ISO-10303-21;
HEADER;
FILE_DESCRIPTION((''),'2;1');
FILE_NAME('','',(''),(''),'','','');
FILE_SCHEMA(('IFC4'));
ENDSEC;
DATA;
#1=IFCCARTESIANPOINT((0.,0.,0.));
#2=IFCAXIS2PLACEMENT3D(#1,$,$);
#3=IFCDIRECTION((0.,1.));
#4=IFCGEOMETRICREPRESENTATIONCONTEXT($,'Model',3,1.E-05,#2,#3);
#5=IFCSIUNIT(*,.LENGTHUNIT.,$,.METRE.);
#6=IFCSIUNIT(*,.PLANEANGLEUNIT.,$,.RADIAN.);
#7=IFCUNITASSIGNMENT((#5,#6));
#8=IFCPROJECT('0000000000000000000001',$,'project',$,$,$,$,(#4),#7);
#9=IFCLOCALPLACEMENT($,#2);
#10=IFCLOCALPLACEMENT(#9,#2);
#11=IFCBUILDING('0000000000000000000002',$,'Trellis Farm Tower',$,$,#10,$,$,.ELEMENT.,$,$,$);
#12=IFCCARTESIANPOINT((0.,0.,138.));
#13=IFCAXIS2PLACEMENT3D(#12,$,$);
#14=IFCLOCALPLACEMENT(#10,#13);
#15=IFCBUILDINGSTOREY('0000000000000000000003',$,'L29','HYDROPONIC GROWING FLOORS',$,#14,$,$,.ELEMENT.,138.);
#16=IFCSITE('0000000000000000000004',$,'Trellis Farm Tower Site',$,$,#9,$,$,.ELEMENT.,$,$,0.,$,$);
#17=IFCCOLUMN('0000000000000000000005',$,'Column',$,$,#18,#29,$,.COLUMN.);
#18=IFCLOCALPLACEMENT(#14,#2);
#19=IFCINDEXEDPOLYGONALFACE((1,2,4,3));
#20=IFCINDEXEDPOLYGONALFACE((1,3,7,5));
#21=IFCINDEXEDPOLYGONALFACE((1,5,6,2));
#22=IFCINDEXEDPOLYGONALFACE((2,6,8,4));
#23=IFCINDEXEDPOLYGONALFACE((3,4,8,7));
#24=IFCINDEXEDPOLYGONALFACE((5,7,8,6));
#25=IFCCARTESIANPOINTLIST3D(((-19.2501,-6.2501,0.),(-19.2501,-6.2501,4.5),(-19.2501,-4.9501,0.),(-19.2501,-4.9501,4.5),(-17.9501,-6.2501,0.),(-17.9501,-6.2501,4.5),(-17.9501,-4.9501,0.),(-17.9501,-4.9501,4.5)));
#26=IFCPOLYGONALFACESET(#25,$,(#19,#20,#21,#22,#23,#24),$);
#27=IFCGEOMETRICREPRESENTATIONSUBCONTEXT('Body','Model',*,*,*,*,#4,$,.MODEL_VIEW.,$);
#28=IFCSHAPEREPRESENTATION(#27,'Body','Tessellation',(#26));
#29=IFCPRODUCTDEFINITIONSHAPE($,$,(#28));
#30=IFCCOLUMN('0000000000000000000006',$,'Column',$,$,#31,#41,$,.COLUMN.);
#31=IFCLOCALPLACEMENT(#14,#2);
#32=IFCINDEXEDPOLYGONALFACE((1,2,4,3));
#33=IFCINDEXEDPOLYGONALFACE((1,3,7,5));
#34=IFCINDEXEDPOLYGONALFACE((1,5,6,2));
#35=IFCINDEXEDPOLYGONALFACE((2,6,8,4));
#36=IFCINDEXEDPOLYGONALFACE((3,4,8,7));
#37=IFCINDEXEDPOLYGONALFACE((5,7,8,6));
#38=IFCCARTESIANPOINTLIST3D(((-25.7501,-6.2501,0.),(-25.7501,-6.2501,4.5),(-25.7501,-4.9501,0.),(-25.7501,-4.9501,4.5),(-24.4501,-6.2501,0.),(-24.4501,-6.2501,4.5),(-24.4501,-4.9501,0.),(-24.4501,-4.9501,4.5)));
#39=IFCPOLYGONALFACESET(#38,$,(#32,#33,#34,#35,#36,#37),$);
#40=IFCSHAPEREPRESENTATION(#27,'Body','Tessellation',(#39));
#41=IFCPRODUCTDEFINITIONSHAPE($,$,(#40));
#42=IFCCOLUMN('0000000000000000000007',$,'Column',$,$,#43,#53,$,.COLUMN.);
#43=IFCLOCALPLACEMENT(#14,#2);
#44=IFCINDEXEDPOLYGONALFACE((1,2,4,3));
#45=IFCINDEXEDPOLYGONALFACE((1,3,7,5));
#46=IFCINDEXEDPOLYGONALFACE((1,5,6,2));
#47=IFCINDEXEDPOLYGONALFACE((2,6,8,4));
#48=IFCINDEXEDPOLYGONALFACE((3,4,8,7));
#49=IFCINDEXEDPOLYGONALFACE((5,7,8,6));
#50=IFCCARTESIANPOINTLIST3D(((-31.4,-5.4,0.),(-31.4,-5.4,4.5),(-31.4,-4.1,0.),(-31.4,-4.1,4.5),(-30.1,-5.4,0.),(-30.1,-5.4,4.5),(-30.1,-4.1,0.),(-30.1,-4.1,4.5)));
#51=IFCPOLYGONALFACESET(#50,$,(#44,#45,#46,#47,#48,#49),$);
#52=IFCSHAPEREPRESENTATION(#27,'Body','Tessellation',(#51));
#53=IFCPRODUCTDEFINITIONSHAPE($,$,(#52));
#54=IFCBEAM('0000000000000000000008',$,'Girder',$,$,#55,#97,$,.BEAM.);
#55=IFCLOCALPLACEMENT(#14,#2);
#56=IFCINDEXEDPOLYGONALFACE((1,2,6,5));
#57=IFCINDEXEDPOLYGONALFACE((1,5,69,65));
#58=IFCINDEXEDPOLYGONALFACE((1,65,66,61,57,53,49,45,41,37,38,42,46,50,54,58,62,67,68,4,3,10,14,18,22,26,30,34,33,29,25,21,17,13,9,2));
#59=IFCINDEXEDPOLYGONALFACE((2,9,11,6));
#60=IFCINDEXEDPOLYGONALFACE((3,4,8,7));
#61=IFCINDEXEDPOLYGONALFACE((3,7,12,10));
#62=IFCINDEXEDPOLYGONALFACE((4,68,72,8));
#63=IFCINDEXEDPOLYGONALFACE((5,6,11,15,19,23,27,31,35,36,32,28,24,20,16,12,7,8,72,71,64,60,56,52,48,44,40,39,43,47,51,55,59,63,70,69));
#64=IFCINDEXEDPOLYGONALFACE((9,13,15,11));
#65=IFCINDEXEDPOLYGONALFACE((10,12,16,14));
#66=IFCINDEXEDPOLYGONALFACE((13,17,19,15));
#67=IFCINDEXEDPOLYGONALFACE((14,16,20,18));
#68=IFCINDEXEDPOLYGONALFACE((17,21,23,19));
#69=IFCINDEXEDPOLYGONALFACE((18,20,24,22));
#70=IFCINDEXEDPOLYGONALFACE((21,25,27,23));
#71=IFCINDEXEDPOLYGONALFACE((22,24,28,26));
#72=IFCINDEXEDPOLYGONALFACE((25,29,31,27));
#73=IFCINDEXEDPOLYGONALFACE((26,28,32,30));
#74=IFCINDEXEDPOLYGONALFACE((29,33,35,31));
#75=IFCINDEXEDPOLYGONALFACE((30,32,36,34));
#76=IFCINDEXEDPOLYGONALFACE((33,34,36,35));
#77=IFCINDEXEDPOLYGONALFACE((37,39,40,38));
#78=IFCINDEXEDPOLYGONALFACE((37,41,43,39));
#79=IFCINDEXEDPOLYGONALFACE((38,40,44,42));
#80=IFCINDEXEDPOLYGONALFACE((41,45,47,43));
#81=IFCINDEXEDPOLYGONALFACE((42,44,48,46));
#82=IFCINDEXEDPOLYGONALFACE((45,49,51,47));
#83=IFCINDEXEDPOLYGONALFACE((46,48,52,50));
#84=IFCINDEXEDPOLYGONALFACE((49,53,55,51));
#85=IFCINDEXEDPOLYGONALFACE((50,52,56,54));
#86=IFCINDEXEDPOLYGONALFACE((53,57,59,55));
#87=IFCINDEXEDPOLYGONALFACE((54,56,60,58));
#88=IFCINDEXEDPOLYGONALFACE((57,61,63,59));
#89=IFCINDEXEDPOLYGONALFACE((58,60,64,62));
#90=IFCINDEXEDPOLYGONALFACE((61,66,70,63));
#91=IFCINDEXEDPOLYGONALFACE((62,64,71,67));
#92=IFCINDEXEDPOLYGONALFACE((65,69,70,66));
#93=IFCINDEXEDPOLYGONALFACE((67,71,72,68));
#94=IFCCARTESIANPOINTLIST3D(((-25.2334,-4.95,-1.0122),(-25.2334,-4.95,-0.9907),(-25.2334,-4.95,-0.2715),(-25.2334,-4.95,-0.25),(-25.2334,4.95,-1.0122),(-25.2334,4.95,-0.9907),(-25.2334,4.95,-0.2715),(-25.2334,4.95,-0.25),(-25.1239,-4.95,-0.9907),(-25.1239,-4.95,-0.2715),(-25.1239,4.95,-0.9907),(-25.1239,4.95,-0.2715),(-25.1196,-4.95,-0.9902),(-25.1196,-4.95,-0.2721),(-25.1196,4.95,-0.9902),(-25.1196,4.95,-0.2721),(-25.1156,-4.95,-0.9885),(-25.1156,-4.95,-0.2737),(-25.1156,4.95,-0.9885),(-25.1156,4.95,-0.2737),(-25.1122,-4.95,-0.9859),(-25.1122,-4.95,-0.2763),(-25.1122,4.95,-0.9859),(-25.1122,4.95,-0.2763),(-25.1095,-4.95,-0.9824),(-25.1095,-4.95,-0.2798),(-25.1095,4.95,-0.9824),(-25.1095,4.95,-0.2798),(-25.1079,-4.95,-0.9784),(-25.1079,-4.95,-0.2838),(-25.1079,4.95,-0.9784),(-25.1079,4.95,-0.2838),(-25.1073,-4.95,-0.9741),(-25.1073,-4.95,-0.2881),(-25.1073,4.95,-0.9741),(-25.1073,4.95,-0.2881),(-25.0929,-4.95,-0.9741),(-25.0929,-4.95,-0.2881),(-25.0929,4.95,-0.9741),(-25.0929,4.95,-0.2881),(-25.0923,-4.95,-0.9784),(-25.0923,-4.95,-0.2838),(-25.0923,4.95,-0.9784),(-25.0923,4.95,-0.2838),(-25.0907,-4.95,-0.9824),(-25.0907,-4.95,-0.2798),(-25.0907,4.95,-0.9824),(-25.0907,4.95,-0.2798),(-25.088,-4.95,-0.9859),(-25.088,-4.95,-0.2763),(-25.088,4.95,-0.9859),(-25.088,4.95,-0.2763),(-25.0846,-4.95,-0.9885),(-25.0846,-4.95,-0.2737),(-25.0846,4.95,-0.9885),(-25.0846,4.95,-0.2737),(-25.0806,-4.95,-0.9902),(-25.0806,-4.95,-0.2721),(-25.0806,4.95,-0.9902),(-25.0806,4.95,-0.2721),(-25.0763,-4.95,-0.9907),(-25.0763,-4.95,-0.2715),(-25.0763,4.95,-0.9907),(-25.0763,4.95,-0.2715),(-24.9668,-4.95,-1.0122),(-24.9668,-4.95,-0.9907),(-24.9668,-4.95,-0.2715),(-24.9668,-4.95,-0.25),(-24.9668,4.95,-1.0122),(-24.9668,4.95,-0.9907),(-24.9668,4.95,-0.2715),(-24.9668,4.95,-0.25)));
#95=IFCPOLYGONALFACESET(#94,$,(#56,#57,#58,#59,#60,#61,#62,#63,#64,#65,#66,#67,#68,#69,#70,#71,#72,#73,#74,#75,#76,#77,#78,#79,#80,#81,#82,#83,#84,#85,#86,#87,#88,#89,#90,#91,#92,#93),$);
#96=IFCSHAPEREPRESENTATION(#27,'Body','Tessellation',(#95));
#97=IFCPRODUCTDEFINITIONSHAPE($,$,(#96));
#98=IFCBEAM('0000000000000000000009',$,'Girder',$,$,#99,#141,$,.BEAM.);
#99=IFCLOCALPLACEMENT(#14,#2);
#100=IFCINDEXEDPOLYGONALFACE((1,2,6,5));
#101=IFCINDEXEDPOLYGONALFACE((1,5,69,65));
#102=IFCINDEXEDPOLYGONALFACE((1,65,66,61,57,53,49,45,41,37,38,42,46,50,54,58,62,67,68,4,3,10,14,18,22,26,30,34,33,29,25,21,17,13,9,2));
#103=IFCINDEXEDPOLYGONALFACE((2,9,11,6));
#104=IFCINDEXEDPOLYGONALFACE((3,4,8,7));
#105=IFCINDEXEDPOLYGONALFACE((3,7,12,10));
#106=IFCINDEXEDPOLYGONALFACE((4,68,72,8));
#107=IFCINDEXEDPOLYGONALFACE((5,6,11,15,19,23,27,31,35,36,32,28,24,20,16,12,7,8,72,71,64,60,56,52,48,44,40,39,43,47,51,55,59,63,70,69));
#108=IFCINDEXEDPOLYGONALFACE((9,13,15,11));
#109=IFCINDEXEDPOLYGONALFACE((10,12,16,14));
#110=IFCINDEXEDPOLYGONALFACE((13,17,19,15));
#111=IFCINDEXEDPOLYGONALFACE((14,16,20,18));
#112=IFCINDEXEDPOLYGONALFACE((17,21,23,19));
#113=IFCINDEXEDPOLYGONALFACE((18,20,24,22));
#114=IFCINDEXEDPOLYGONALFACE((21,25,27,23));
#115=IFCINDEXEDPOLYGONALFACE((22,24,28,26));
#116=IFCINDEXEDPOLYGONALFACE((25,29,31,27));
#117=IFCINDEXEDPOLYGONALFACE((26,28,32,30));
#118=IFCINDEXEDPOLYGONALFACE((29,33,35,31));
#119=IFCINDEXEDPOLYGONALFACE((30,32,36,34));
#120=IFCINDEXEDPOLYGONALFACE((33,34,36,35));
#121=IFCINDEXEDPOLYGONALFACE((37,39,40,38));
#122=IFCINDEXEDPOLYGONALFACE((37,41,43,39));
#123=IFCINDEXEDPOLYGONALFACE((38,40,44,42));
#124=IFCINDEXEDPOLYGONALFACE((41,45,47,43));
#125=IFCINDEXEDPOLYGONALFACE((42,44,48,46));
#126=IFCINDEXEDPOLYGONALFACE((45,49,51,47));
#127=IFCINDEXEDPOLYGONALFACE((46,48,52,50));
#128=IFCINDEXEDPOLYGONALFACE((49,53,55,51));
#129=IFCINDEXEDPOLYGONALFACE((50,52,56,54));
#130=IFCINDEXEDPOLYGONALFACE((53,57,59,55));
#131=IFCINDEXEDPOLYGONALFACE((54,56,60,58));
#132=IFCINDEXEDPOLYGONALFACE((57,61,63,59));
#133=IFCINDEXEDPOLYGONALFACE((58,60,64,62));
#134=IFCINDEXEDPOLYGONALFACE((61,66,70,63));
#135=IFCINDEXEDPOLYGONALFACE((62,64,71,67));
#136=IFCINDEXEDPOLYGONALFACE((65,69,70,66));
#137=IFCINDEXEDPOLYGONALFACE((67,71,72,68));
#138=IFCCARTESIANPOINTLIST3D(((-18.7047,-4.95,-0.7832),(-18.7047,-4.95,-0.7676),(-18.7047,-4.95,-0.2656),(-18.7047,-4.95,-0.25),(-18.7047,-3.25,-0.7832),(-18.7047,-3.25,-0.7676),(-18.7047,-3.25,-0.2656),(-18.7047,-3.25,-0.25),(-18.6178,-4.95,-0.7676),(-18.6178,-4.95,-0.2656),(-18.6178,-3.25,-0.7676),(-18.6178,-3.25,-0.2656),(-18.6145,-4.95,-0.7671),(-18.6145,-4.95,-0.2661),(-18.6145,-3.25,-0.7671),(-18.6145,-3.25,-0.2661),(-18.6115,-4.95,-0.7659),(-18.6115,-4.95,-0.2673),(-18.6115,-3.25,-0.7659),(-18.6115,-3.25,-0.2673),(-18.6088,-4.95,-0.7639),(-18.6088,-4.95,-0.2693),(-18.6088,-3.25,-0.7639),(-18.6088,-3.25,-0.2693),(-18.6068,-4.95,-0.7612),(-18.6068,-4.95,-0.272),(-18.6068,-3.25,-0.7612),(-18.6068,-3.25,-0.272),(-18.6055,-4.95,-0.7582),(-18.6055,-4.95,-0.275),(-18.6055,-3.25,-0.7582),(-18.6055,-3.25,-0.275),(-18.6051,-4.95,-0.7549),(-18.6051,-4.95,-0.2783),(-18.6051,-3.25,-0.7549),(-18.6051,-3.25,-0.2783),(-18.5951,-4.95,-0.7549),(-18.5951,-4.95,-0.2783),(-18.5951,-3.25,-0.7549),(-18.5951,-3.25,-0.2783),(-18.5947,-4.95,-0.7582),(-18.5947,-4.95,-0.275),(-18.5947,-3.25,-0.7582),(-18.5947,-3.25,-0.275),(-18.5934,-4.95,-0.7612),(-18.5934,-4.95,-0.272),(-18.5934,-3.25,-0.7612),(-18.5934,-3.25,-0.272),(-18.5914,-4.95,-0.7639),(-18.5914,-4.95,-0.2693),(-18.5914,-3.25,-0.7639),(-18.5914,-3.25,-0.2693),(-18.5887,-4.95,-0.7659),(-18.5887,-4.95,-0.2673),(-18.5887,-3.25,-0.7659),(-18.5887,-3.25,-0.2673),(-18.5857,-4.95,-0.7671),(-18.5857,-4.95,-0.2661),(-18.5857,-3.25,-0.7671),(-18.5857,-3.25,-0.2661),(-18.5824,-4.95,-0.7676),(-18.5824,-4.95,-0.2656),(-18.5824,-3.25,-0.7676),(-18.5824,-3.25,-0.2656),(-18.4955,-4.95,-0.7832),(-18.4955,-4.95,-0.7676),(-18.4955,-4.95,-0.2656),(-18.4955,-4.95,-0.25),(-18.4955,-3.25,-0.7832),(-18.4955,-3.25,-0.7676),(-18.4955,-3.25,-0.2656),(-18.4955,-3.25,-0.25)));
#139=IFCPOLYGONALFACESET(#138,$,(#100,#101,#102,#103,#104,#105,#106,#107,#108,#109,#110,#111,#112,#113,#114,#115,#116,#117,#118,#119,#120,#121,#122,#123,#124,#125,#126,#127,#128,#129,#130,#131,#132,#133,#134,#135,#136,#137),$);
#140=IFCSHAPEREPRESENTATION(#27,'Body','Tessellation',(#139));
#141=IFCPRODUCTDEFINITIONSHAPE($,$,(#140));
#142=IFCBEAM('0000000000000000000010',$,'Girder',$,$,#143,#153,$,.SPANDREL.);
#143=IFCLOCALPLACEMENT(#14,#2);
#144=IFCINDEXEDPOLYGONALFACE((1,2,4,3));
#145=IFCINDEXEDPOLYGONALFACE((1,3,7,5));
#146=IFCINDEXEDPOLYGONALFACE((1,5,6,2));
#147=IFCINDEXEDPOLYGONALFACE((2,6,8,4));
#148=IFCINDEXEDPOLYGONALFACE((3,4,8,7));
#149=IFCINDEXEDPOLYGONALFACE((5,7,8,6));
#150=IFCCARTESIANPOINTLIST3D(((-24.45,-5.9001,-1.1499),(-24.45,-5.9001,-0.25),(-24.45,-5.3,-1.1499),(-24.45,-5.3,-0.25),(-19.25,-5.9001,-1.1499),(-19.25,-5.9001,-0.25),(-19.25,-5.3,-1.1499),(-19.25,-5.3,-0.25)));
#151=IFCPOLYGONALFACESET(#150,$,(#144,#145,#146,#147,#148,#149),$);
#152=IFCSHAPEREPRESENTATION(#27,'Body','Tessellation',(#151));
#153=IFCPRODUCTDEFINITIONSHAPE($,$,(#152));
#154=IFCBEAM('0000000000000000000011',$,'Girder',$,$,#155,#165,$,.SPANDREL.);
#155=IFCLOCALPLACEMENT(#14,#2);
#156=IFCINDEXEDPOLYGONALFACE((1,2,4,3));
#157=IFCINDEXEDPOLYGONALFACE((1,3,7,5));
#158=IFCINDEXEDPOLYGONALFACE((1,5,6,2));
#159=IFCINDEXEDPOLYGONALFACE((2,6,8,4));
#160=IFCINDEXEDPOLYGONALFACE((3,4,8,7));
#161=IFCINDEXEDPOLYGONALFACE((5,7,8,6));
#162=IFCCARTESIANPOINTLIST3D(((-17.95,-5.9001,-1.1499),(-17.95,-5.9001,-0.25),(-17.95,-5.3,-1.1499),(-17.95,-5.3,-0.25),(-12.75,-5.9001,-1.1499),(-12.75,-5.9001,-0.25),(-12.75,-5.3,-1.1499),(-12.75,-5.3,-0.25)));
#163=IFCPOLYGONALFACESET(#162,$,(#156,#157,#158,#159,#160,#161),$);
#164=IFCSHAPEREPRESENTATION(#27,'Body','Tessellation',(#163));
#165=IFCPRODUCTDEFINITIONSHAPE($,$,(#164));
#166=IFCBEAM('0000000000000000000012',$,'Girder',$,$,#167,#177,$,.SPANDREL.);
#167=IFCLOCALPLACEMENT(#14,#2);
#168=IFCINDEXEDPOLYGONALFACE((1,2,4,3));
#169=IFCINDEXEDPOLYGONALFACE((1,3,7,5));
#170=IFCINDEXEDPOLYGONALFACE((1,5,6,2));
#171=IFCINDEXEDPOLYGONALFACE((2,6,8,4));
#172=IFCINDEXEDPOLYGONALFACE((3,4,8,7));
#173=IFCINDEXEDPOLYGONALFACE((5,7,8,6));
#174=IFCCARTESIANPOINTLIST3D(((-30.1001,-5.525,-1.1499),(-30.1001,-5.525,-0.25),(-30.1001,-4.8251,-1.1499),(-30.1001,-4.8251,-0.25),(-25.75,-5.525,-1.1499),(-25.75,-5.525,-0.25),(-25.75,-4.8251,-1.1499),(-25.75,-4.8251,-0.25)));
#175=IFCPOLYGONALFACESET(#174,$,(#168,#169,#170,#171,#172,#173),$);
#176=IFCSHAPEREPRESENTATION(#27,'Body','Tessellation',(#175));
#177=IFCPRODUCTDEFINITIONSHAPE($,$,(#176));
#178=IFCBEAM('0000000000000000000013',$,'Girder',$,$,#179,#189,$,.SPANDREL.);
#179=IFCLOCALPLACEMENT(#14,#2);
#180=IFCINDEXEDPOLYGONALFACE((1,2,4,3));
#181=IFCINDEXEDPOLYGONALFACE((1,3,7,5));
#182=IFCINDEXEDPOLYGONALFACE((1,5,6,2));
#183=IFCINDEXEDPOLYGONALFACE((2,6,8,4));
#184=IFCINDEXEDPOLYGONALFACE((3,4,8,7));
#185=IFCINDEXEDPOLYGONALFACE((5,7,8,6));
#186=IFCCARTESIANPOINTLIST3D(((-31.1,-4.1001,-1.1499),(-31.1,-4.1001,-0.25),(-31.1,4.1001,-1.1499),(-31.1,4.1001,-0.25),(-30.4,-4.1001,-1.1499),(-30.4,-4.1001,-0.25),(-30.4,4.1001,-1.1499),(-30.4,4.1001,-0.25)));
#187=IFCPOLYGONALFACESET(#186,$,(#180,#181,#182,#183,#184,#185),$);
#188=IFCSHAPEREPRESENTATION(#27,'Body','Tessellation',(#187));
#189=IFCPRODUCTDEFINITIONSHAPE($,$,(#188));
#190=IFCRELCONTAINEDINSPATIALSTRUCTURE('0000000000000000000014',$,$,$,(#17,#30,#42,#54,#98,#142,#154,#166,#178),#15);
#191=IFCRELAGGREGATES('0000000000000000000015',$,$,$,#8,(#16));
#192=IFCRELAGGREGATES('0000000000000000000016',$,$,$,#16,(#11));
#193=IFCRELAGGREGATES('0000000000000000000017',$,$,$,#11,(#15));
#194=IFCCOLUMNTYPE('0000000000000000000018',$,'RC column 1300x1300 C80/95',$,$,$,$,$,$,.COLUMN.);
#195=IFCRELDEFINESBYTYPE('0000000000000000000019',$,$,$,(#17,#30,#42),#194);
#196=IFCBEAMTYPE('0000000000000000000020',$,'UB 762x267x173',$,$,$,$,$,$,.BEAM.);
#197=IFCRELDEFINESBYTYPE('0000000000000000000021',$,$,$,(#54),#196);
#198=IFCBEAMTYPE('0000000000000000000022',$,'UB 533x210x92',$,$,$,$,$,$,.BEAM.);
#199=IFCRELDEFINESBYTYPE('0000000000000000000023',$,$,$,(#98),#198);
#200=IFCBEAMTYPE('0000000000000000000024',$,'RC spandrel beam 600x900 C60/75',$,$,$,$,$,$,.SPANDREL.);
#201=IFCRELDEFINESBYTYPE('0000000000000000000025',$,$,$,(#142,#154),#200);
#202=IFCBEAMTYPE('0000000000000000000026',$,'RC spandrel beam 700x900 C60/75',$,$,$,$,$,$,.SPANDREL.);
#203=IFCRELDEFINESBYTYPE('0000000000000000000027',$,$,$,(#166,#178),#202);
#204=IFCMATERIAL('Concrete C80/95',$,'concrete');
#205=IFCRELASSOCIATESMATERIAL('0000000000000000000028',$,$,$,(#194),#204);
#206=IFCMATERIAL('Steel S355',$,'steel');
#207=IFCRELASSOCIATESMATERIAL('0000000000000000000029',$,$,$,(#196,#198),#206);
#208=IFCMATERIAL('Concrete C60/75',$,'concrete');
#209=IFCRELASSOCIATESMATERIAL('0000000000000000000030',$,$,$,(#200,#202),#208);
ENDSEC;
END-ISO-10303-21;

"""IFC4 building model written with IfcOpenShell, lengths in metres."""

from ifc_helpers import new_model, si_unit, direction, frame, origin, origin_2d, place, context, subcontext, project, spatial, rectangle, i_section, extrude, source, transform, mapped, material, material_profile, profile_set, type_object, element, save


model = new_model("IFC4")

# Units and contexts
model_context = context("Model", 3, precision=1e-05, world=origin(), true_north=direction((0.0, 1.0)))
body_context = subcontext(model_context, "Body", "Model", "MODEL_VIEW")
ifc_project = project(units=[si_unit("LENGTHUNIT", "METRE"), si_unit("PLANEANGLEUNIT", "RADIAN")], contexts=[model_context])

# Site, building, storey
site_placement = place(None, origin())
site = spatial("IfcSite", under=ifc_project, at=site_placement, Name="Trellis Farm Tower Site", CompositionType="ELEMENT", RefElevation=0.0)
building_placement = place(site_placement, origin())
building = spatial("IfcBuilding", under=site, at=building_placement, Name="Trellis Farm Tower", CompositionType="ELEMENT")
storey_placement = place(building_placement, frame((0.0, 0.0, 138.0)))
storey = spatial("IfcBuildingStorey", under=building, at=storey_placement, Name="L29", Description="HYDROPONIC GROWING FLOORS", CompositionType="ELEMENT", Elevation=138.0)

# Columns
ifc_material_1 = material(Name="Concrete C80/95", Category="concrete")
ifc_material_profile_1 = material_profile(ifc_material_1, rectangle(XDim=1.3, YDim=1.3, at=origin_2d()), Name="RC column 1300x1300 C80/95")
ifc_profile_set_1 = profile_set([ifc_material_profile_1], Name="Concrete C80/95")
column_type = type_object("IfcColumnType", Name="RC column 1300x1300 C80/95", PredefinedType="COLUMN", material=ifc_profile_set_1)
shared_shape_1 = source(origin(), body_context, "Body", "SweptSolid", [
    extrude(rectangle(XDim=1.3, YDim=1.3, at=origin_2d()), origin(), (0.0, 0.0, 1.0), 4.5),
])
for number, where, z_axis, x_axis, name in (
    (1, (-18.6001, -5.6001, 0.0), (0.0, 0.0, 1.0), (1.0, 0.0, 0.0), "Column"),
    (2, (-25.1001, -5.6001, 0.0), (0.0, 0.0, 1.0), (1.0, 0.0, 0.0), "Column"),
    (3, (-30.75, -4.75, 0.0), (0.0, 0.0, 1.0), (1.0, 0.0, 0.0), "Column"),
):
    element("IfcColumn", number, at=place(storey_placement, frame(where, z_axis=z_axis, x_axis=x_axis)), inside=storey, type_object=column_type, Name=name, PredefinedType="COLUMN", context=body_context, shape_type="MappedRepresentation", body=[
        mapped(shared_shape_1, transform((0.0, 0.0, 0.0))),
    ])

# Beams
ifc_material_2 = material(Name="Steel S355", Category="steel")
ifc_material_profile_2 = material_profile(ifc_material_2, i_section(OverallWidth=0.2666, OverallDepth=0.7622, WebThickness=0.0144, FlangeThickness=0.0215, FilletRadius=0.0166, at=origin_2d()), Name="UB 762x267x173")
ifc_profile_set_2 = profile_set([ifc_material_profile_2], Name="Steel S355")
beam_type_1 = type_object("IfcBeamType", Name="UB 762x267x173", PredefinedType="BEAM", material=ifc_profile_set_2)
shared_shape_2 = source(origin(), body_context, "Body", "SweptSolid", [
    extrude(i_section(OverallWidth=0.2666, OverallDepth=0.7622, WebThickness=0.0144, FlangeThickness=0.0215, FilletRadius=0.0166, at=origin_2d()), origin(), (0.0, 0.0, 1.0), 9.8999),
])
beam_1_placement = place(storey_placement, frame((-25.1001, -4.95, -0.6311), z_axis=(0.0, 1.0, 0.0), x_axis=(-1.0, 0.0, 0.0)))
element("IfcBeam", 4, at=beam_1_placement, inside=storey, type_object=beam_type_1, Name="Girder", PredefinedType="BEAM", context=body_context, shape_type="MappedRepresentation", body=[
    mapped(shared_shape_2, transform((0.0, 0.0, 0.0))),
])
ifc_material_profile_3 = material_profile(ifc_material_2, i_section(OverallWidth=0.2092, OverallDepth=0.5332, WebThickness=0.01, FlangeThickness=0.0156, FilletRadius=0.0127, at=origin_2d()), Name="UB 533x210x92")
ifc_profile_set_3 = profile_set([ifc_material_profile_3], Name="Steel S355")
beam_type_2 = type_object("IfcBeamType", Name="UB 533x210x92", PredefinedType="BEAM", material=ifc_profile_set_3)
shared_shape_3 = source(origin(), body_context, "Body", "SweptSolid", [
    extrude(i_section(OverallWidth=0.2092, OverallDepth=0.5332, WebThickness=0.01, FlangeThickness=0.0156, FilletRadius=0.0127, at=origin_2d()), origin(), (0.0, 0.0, 1.0), 1.7),
])
beam_2_placement = place(storey_placement, frame((-18.6001, -4.95, -0.5166), z_axis=(0.0, 1.0, 0.0), x_axis=(-1.0, 0.0, 0.0)))
element("IfcBeam", 5, at=beam_2_placement, inside=storey, type_object=beam_type_2, Name="Girder", PredefinedType="BEAM", context=body_context, shape_type="MappedRepresentation", body=[
    mapped(shared_shape_3, transform((0.0, 0.0, 0.0))),
])
ifc_material_3 = material(Name="Concrete C60/75", Category="concrete")
ifc_material_profile_4 = material_profile(ifc_material_3, rectangle(XDim=0.6001, YDim=0.8999, at=origin_2d()), Name="RC spandrel beam 600x900 C60/75")
ifc_profile_set_4 = profile_set([ifc_material_profile_4], Name="Concrete C60/75")
beam_type_3 = type_object("IfcBeamType", Name="RC spandrel beam 600x900 C60/75", PredefinedType="SPANDREL", material=ifc_profile_set_4)
shared_shape_4 = source(origin(), body_context, "Body", "SweptSolid", [
    extrude(rectangle(XDim=0.6001, YDim=0.8999, at=origin_2d()), origin(), (0.0, 0.0, 1.0), 5.2),
])
for number, where, z_axis, x_axis, name in (
    (6, (-24.45, -5.6001, -0.7), (1.0, 0.0, 0.0), (0.0, 1.0, 0.0), "Girder"),
    (7, (-17.95, -5.6001, -0.7), (1.0, 0.0, 0.0), (0.0, 1.0, 0.0), "Girder"),
):
    element("IfcBeam", number, at=place(storey_placement, frame(where, z_axis=z_axis, x_axis=x_axis)), inside=storey, type_object=beam_type_3, Name=name, PredefinedType="SPANDREL", context=body_context, shape_type="MappedRepresentation", body=[
        mapped(shared_shape_4, transform((0.0, 0.0, 0.0))),
    ])
ifc_material_profile_5 = material_profile(ifc_material_3, rectangle(XDim=0.7, YDim=0.8999, at=origin_2d()), Name="RC spandrel beam 700x900 C60/75")
ifc_profile_set_5 = profile_set([ifc_material_profile_5], Name="Concrete C60/75")
beam_type_4 = type_object("IfcBeamType", Name="RC spandrel beam 700x900 C60/75", PredefinedType="SPANDREL", material=ifc_profile_set_5)
shared_shape_5 = source(origin(), body_context, "Body", "SweptSolid", [
    extrude(rectangle(XDim=0.7, YDim=0.8999, at=origin_2d()), origin(), (0.0, 0.0, 1.0), 4.3501),
])
beam_3_placement = place(storey_placement, frame((-30.1001, -5.175, -0.7), z_axis=(1.0, 0.0, 0.0), x_axis=(0.0, 1.0, 0.0)))
element("IfcBeam", 8, at=beam_3_placement, inside=storey, type_object=beam_type_4, Name="Girder", PredefinedType="SPANDREL", context=body_context, shape_type="MappedRepresentation", body=[
    mapped(shared_shape_5, transform((0.0, 0.0, 0.0))),
])
shared_shape_6 = source(origin(), body_context, "Body", "SweptSolid", [
    extrude(rectangle(XDim=0.7, YDim=0.8999, at=origin_2d()), origin(), (0.0, 0.0, 1.0), 8.2002),
])
beam_4_placement = place(storey_placement, frame((-30.75, -4.1001, -0.7), z_axis=(0.0, 1.0, 0.0), x_axis=(-1.0, 0.0, 0.0)))
element("IfcBeam", 9, at=beam_4_placement, inside=storey, type_object=beam_type_4, Name="Girder", PredefinedType="SPANDREL", context=body_context, shape_type="MappedRepresentation", body=[
    mapped(shared_shape_6, transform((0.0, 0.0, 0.0))),
])

save(model, "model.ifc")
